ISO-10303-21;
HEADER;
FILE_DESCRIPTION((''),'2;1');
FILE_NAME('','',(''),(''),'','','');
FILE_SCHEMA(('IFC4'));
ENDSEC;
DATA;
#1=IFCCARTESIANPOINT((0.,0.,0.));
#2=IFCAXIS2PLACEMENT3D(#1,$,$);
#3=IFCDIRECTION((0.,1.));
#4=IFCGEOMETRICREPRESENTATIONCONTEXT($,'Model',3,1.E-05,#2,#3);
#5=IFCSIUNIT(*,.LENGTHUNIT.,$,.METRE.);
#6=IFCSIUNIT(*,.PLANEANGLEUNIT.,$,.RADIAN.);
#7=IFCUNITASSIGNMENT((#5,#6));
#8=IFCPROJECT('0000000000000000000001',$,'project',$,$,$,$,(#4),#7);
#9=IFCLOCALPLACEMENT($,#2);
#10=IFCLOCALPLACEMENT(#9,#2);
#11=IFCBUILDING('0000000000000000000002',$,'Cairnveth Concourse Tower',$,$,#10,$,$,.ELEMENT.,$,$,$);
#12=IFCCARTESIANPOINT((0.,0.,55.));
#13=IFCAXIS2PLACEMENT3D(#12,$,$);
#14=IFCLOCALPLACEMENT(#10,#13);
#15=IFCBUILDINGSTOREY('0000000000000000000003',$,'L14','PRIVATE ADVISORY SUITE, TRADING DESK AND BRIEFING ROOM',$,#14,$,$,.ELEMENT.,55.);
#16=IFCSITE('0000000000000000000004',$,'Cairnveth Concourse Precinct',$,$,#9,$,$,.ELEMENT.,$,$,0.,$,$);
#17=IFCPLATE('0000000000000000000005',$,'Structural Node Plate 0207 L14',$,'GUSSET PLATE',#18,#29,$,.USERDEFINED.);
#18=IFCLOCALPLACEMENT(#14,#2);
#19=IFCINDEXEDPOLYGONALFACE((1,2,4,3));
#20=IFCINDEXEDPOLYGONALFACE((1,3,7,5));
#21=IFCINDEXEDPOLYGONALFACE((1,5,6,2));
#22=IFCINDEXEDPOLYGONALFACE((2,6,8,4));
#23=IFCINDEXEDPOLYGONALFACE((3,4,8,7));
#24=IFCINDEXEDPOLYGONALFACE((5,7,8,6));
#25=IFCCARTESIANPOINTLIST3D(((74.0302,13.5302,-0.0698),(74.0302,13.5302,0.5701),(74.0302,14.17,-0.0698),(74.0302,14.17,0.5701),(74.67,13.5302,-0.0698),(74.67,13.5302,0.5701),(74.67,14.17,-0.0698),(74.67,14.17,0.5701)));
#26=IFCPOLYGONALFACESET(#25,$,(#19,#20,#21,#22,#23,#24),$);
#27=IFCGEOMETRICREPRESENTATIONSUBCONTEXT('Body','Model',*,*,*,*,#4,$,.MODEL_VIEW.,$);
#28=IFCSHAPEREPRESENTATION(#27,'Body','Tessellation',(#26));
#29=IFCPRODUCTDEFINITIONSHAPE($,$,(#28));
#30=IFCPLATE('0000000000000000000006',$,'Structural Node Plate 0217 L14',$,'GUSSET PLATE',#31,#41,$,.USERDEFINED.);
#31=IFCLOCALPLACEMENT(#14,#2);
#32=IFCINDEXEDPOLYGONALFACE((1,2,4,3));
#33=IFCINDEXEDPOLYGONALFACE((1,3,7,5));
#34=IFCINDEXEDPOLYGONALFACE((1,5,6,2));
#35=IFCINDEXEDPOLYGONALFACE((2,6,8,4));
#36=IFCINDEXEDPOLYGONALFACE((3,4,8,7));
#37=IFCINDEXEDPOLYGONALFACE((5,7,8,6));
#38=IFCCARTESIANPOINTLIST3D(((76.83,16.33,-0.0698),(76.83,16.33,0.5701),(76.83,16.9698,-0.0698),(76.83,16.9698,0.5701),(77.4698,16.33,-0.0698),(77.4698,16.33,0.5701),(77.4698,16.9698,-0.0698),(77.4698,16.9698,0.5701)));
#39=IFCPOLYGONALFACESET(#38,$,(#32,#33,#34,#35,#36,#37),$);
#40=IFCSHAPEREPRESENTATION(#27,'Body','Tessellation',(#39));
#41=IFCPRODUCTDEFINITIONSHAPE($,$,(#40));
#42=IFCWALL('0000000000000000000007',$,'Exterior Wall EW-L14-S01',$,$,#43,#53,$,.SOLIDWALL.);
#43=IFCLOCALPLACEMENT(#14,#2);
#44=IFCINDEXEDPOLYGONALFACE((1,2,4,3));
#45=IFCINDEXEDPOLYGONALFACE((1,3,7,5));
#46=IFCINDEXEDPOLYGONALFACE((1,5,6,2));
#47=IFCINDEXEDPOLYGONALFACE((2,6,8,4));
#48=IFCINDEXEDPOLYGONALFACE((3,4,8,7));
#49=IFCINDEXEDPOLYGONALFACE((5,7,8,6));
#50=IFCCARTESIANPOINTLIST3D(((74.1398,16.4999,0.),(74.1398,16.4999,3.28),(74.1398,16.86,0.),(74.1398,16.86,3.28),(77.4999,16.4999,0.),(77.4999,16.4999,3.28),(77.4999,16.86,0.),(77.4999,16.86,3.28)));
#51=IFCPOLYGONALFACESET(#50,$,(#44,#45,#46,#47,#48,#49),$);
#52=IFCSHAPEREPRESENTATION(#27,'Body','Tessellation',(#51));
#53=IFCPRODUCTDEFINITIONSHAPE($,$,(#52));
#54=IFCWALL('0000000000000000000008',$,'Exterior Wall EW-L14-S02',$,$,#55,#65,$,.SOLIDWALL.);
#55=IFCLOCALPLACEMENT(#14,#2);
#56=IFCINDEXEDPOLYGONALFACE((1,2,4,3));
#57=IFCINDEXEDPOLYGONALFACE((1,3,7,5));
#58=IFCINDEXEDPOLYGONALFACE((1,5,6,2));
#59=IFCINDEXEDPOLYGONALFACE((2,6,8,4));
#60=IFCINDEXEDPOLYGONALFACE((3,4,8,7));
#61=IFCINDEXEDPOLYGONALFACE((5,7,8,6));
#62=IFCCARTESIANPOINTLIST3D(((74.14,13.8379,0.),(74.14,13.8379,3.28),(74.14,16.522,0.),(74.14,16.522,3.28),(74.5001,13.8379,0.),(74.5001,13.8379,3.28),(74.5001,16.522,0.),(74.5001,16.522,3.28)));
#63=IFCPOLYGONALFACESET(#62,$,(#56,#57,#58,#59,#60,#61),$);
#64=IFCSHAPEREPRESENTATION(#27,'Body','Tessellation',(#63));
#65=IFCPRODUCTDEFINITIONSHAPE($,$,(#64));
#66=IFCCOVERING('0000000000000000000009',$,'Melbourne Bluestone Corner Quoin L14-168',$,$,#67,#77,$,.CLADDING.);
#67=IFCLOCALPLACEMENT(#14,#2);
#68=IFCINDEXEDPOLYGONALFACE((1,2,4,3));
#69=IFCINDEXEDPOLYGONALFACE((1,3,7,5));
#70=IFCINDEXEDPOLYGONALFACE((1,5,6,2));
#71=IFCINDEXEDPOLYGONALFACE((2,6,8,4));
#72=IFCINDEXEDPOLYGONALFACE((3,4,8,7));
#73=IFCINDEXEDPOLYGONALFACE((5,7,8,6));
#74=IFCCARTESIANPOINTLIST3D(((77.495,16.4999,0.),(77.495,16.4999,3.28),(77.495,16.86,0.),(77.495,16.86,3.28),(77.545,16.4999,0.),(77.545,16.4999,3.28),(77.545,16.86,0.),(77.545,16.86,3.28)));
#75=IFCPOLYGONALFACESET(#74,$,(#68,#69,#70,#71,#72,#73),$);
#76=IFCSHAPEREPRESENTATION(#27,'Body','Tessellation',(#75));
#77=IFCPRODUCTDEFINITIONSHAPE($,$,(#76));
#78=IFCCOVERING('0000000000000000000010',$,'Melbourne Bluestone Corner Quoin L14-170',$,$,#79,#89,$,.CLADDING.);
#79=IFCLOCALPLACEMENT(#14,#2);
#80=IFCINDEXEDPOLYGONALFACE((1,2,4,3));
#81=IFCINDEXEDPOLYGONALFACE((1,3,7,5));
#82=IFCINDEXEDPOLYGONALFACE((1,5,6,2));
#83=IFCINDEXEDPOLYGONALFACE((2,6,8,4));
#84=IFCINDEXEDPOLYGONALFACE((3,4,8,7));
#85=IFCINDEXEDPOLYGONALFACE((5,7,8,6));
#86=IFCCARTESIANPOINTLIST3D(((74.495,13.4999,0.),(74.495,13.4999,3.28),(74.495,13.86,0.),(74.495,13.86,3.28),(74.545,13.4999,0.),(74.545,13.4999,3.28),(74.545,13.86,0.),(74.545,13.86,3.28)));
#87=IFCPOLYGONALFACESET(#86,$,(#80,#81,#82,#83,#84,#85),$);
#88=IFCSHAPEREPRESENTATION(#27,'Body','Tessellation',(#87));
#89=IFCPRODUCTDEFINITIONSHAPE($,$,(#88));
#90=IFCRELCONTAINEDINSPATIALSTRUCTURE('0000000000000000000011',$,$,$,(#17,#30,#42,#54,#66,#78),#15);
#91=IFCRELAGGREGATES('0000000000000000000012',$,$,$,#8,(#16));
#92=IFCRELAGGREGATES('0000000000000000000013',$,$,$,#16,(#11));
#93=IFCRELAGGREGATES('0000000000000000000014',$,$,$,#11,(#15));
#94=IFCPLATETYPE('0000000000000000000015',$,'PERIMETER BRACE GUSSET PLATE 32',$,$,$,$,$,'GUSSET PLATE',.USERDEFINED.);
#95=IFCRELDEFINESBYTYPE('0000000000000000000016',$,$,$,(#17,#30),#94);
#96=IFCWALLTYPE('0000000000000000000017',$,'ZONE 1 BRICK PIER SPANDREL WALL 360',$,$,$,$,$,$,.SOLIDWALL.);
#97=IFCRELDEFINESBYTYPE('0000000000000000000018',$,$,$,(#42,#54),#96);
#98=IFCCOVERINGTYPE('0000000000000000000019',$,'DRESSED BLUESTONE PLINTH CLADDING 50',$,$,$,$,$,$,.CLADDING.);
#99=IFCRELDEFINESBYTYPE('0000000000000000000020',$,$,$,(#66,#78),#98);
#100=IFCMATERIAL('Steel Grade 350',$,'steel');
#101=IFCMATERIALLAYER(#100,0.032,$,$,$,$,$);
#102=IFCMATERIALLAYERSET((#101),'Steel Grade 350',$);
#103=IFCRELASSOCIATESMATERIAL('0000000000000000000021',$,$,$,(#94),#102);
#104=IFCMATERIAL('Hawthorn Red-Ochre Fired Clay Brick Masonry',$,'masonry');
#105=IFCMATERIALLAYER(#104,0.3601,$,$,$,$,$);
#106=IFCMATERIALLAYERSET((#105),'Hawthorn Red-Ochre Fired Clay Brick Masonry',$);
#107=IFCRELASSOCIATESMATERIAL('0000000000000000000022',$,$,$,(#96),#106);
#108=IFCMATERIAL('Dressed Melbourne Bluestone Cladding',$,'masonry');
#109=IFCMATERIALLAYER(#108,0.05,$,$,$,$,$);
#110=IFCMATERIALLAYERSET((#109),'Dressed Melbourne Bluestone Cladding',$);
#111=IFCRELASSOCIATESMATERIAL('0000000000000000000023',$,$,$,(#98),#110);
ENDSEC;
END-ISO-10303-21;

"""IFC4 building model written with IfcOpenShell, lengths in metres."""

from ifc_helpers import new_model, si_unit, direction, frame, frame_2d, origin, origin_2d, place, context, subcontext, project, spatial, rectangle, extrude, material, layer, layer_set, type_object, element, save


model = new_model("IFC4")

# Units and contexts
model_context = context("Model", 3, precision=1e-05, world=origin(), true_north=direction((0.0, 1.0)))
body_context = subcontext(model_context, "Body", "Model", "MODEL_VIEW")
ifc_project = project(units=[si_unit("LENGTHUNIT", "METRE"), si_unit("PLANEANGLEUNIT", "RADIAN")], contexts=[model_context])

# Site, building, storey
site_placement = place(None, origin())
site = spatial("IfcSite", under=ifc_project, at=site_placement, Name="Cairnveth Concourse Precinct", CompositionType="ELEMENT", RefElevation=0.0)
building_placement = place(site_placement, origin())
building = spatial("IfcBuilding", under=site, at=building_placement, Name="Cairnveth Concourse Tower", CompositionType="ELEMENT")
storey_placement = place(building_placement, frame((0.0, 0.0, 55.0)))
storey = spatial("IfcBuildingStorey", under=building, at=storey_placement, Name="L14", Description="PRIVATE ADVISORY SUITE, TRADING DESK AND BRIEFING ROOM", CompositionType="ELEMENT", Elevation=55.0)

# Shared definitions
ifc_material_1 = material(Name="Steel Grade 350", Category="steel")

# Plates
ifc_layer_1 = layer(ifc_material_1, 0.032)
ifc_layer_set_1 = layer_set([ifc_layer_1], Name="Steel Grade 350")
plate_type = type_object("IfcPlateType", Name="PERIMETER BRACE GUSSET PLATE 32", ElementType="GUSSET PLATE", PredefinedType="USERDEFINED", material=ifc_layer_set_1)
for number, where, z_axis, x_axis, name in (
    (1, (74.3501, 13.8501, -0.0698), (0.0, 0.0, 1.0), (1.0, 0.0, 0.0), "Structural Node Plate 0207 L14"),
    (2, (77.1499, 16.6499, -0.0698), (0.0, 0.0, 1.0), (1.0, 0.0, 0.0), "Structural Node Plate 0217 L14"),
):
    element("IfcPlate", number, at=place(storey_placement, frame(where, z_axis=z_axis, x_axis=x_axis)), inside=storey, type_object=plate_type, Name=name, ObjectType="GUSSET PLATE", PredefinedType="USERDEFINED", context=body_context, shape_type="SweptSolid", body=[
        extrude(rectangle(XDim=0.6399, YDim=0.6399, at=origin_2d()), origin(), (0.0, 0.0, 1.0), 0.6399),
    ])

# Walls
ifc_material_2 = material(Name="Hawthorn Red-Ochre Fired Clay Brick Masonry", Category="masonry")
ifc_layer_2 = layer(ifc_material_2, 0.3601)
ifc_layer_set_2 = layer_set([ifc_layer_2], Name="Hawthorn Red-Ochre Fired Clay Brick Masonry")
wall_type = type_object("IfcWallType", Name="ZONE 1 BRICK PIER SPANDREL WALL 360", PredefinedType="SOLIDWALL", material=ifc_layer_set_2)
wall_1_placement = place(storey_placement, frame((77.5, 16.6799, 0.0), z_axis=(0.0, 0.0, 1.0), x_axis=(-1.0, 0.0, 0.0)))
element("IfcWall", 3, at=wall_1_placement, inside=storey, type_object=wall_type, Name="Exterior Wall EW-L14-S01", PredefinedType="SOLIDWALL", context=body_context, shape_type="SweptSolid", body=[
    extrude(rectangle(XDim=3.3601, YDim=0.3601, at=frame_2d((1.6802, 0.0))), origin(), (0.0, 0.0, 1.0), 3.28),
])
wall_2_placement = place(storey_placement, frame((74.3201, 16.522, 0.0), z_axis=(0.0, 0.0, 1.0), x_axis=(0.0, -1.0, 0.0)))
element("IfcWall", 4, at=wall_2_placement, inside=storey, type_object=wall_type, Name="Exterior Wall EW-L14-S02", PredefinedType="SOLIDWALL", context=body_context, shape_type="SweptSolid", body=[
    extrude(rectangle(XDim=2.6841, YDim=0.3601, at=frame_2d((1.342, 0.0))), origin(), (0.0, 0.0, 1.0), 3.28),
])

# Coverings
ifc_material_3 = material(Name="Dressed Melbourne Bluestone Cladding", Category="masonry")
ifc_layer_3 = layer(ifc_material_3, 0.05)
ifc_layer_set_3 = layer_set([ifc_layer_3], Name="Dressed Melbourne Bluestone Cladding")
covering_type = type_object("IfcCoveringType", Name="DRESSED BLUESTONE PLINTH CLADDING 50", PredefinedType="CLADDING", material=ifc_layer_set_3)
for number, where, z_axis, x_axis, name in (
    (5, (77.52, 16.8601, 0.0), (0.0, 0.0, 1.0), (0.0, -1.0, 0.0), "Melbourne Bluestone Corner Quoin L14-168"),
    (6, (74.52, 13.8601, 0.0), (0.0, 0.0, 1.0), (0.0, -1.0, 0.0), "Melbourne Bluestone Corner Quoin L14-170"),
):
    element("IfcCovering", number, at=place(storey_placement, frame(where, z_axis=z_axis, x_axis=x_axis)), inside=storey, type_object=covering_type, Name=name, PredefinedType="CLADDING", context=body_context, shape_type="SweptSolid", body=[
        extrude(rectangle(XDim=0.3601, YDim=0.05, at=frame_2d((0.1802, 0.0))), origin(), (0.0, 0.0, 1.0), 3.28),
    ])

save(model, "model.ifc")
